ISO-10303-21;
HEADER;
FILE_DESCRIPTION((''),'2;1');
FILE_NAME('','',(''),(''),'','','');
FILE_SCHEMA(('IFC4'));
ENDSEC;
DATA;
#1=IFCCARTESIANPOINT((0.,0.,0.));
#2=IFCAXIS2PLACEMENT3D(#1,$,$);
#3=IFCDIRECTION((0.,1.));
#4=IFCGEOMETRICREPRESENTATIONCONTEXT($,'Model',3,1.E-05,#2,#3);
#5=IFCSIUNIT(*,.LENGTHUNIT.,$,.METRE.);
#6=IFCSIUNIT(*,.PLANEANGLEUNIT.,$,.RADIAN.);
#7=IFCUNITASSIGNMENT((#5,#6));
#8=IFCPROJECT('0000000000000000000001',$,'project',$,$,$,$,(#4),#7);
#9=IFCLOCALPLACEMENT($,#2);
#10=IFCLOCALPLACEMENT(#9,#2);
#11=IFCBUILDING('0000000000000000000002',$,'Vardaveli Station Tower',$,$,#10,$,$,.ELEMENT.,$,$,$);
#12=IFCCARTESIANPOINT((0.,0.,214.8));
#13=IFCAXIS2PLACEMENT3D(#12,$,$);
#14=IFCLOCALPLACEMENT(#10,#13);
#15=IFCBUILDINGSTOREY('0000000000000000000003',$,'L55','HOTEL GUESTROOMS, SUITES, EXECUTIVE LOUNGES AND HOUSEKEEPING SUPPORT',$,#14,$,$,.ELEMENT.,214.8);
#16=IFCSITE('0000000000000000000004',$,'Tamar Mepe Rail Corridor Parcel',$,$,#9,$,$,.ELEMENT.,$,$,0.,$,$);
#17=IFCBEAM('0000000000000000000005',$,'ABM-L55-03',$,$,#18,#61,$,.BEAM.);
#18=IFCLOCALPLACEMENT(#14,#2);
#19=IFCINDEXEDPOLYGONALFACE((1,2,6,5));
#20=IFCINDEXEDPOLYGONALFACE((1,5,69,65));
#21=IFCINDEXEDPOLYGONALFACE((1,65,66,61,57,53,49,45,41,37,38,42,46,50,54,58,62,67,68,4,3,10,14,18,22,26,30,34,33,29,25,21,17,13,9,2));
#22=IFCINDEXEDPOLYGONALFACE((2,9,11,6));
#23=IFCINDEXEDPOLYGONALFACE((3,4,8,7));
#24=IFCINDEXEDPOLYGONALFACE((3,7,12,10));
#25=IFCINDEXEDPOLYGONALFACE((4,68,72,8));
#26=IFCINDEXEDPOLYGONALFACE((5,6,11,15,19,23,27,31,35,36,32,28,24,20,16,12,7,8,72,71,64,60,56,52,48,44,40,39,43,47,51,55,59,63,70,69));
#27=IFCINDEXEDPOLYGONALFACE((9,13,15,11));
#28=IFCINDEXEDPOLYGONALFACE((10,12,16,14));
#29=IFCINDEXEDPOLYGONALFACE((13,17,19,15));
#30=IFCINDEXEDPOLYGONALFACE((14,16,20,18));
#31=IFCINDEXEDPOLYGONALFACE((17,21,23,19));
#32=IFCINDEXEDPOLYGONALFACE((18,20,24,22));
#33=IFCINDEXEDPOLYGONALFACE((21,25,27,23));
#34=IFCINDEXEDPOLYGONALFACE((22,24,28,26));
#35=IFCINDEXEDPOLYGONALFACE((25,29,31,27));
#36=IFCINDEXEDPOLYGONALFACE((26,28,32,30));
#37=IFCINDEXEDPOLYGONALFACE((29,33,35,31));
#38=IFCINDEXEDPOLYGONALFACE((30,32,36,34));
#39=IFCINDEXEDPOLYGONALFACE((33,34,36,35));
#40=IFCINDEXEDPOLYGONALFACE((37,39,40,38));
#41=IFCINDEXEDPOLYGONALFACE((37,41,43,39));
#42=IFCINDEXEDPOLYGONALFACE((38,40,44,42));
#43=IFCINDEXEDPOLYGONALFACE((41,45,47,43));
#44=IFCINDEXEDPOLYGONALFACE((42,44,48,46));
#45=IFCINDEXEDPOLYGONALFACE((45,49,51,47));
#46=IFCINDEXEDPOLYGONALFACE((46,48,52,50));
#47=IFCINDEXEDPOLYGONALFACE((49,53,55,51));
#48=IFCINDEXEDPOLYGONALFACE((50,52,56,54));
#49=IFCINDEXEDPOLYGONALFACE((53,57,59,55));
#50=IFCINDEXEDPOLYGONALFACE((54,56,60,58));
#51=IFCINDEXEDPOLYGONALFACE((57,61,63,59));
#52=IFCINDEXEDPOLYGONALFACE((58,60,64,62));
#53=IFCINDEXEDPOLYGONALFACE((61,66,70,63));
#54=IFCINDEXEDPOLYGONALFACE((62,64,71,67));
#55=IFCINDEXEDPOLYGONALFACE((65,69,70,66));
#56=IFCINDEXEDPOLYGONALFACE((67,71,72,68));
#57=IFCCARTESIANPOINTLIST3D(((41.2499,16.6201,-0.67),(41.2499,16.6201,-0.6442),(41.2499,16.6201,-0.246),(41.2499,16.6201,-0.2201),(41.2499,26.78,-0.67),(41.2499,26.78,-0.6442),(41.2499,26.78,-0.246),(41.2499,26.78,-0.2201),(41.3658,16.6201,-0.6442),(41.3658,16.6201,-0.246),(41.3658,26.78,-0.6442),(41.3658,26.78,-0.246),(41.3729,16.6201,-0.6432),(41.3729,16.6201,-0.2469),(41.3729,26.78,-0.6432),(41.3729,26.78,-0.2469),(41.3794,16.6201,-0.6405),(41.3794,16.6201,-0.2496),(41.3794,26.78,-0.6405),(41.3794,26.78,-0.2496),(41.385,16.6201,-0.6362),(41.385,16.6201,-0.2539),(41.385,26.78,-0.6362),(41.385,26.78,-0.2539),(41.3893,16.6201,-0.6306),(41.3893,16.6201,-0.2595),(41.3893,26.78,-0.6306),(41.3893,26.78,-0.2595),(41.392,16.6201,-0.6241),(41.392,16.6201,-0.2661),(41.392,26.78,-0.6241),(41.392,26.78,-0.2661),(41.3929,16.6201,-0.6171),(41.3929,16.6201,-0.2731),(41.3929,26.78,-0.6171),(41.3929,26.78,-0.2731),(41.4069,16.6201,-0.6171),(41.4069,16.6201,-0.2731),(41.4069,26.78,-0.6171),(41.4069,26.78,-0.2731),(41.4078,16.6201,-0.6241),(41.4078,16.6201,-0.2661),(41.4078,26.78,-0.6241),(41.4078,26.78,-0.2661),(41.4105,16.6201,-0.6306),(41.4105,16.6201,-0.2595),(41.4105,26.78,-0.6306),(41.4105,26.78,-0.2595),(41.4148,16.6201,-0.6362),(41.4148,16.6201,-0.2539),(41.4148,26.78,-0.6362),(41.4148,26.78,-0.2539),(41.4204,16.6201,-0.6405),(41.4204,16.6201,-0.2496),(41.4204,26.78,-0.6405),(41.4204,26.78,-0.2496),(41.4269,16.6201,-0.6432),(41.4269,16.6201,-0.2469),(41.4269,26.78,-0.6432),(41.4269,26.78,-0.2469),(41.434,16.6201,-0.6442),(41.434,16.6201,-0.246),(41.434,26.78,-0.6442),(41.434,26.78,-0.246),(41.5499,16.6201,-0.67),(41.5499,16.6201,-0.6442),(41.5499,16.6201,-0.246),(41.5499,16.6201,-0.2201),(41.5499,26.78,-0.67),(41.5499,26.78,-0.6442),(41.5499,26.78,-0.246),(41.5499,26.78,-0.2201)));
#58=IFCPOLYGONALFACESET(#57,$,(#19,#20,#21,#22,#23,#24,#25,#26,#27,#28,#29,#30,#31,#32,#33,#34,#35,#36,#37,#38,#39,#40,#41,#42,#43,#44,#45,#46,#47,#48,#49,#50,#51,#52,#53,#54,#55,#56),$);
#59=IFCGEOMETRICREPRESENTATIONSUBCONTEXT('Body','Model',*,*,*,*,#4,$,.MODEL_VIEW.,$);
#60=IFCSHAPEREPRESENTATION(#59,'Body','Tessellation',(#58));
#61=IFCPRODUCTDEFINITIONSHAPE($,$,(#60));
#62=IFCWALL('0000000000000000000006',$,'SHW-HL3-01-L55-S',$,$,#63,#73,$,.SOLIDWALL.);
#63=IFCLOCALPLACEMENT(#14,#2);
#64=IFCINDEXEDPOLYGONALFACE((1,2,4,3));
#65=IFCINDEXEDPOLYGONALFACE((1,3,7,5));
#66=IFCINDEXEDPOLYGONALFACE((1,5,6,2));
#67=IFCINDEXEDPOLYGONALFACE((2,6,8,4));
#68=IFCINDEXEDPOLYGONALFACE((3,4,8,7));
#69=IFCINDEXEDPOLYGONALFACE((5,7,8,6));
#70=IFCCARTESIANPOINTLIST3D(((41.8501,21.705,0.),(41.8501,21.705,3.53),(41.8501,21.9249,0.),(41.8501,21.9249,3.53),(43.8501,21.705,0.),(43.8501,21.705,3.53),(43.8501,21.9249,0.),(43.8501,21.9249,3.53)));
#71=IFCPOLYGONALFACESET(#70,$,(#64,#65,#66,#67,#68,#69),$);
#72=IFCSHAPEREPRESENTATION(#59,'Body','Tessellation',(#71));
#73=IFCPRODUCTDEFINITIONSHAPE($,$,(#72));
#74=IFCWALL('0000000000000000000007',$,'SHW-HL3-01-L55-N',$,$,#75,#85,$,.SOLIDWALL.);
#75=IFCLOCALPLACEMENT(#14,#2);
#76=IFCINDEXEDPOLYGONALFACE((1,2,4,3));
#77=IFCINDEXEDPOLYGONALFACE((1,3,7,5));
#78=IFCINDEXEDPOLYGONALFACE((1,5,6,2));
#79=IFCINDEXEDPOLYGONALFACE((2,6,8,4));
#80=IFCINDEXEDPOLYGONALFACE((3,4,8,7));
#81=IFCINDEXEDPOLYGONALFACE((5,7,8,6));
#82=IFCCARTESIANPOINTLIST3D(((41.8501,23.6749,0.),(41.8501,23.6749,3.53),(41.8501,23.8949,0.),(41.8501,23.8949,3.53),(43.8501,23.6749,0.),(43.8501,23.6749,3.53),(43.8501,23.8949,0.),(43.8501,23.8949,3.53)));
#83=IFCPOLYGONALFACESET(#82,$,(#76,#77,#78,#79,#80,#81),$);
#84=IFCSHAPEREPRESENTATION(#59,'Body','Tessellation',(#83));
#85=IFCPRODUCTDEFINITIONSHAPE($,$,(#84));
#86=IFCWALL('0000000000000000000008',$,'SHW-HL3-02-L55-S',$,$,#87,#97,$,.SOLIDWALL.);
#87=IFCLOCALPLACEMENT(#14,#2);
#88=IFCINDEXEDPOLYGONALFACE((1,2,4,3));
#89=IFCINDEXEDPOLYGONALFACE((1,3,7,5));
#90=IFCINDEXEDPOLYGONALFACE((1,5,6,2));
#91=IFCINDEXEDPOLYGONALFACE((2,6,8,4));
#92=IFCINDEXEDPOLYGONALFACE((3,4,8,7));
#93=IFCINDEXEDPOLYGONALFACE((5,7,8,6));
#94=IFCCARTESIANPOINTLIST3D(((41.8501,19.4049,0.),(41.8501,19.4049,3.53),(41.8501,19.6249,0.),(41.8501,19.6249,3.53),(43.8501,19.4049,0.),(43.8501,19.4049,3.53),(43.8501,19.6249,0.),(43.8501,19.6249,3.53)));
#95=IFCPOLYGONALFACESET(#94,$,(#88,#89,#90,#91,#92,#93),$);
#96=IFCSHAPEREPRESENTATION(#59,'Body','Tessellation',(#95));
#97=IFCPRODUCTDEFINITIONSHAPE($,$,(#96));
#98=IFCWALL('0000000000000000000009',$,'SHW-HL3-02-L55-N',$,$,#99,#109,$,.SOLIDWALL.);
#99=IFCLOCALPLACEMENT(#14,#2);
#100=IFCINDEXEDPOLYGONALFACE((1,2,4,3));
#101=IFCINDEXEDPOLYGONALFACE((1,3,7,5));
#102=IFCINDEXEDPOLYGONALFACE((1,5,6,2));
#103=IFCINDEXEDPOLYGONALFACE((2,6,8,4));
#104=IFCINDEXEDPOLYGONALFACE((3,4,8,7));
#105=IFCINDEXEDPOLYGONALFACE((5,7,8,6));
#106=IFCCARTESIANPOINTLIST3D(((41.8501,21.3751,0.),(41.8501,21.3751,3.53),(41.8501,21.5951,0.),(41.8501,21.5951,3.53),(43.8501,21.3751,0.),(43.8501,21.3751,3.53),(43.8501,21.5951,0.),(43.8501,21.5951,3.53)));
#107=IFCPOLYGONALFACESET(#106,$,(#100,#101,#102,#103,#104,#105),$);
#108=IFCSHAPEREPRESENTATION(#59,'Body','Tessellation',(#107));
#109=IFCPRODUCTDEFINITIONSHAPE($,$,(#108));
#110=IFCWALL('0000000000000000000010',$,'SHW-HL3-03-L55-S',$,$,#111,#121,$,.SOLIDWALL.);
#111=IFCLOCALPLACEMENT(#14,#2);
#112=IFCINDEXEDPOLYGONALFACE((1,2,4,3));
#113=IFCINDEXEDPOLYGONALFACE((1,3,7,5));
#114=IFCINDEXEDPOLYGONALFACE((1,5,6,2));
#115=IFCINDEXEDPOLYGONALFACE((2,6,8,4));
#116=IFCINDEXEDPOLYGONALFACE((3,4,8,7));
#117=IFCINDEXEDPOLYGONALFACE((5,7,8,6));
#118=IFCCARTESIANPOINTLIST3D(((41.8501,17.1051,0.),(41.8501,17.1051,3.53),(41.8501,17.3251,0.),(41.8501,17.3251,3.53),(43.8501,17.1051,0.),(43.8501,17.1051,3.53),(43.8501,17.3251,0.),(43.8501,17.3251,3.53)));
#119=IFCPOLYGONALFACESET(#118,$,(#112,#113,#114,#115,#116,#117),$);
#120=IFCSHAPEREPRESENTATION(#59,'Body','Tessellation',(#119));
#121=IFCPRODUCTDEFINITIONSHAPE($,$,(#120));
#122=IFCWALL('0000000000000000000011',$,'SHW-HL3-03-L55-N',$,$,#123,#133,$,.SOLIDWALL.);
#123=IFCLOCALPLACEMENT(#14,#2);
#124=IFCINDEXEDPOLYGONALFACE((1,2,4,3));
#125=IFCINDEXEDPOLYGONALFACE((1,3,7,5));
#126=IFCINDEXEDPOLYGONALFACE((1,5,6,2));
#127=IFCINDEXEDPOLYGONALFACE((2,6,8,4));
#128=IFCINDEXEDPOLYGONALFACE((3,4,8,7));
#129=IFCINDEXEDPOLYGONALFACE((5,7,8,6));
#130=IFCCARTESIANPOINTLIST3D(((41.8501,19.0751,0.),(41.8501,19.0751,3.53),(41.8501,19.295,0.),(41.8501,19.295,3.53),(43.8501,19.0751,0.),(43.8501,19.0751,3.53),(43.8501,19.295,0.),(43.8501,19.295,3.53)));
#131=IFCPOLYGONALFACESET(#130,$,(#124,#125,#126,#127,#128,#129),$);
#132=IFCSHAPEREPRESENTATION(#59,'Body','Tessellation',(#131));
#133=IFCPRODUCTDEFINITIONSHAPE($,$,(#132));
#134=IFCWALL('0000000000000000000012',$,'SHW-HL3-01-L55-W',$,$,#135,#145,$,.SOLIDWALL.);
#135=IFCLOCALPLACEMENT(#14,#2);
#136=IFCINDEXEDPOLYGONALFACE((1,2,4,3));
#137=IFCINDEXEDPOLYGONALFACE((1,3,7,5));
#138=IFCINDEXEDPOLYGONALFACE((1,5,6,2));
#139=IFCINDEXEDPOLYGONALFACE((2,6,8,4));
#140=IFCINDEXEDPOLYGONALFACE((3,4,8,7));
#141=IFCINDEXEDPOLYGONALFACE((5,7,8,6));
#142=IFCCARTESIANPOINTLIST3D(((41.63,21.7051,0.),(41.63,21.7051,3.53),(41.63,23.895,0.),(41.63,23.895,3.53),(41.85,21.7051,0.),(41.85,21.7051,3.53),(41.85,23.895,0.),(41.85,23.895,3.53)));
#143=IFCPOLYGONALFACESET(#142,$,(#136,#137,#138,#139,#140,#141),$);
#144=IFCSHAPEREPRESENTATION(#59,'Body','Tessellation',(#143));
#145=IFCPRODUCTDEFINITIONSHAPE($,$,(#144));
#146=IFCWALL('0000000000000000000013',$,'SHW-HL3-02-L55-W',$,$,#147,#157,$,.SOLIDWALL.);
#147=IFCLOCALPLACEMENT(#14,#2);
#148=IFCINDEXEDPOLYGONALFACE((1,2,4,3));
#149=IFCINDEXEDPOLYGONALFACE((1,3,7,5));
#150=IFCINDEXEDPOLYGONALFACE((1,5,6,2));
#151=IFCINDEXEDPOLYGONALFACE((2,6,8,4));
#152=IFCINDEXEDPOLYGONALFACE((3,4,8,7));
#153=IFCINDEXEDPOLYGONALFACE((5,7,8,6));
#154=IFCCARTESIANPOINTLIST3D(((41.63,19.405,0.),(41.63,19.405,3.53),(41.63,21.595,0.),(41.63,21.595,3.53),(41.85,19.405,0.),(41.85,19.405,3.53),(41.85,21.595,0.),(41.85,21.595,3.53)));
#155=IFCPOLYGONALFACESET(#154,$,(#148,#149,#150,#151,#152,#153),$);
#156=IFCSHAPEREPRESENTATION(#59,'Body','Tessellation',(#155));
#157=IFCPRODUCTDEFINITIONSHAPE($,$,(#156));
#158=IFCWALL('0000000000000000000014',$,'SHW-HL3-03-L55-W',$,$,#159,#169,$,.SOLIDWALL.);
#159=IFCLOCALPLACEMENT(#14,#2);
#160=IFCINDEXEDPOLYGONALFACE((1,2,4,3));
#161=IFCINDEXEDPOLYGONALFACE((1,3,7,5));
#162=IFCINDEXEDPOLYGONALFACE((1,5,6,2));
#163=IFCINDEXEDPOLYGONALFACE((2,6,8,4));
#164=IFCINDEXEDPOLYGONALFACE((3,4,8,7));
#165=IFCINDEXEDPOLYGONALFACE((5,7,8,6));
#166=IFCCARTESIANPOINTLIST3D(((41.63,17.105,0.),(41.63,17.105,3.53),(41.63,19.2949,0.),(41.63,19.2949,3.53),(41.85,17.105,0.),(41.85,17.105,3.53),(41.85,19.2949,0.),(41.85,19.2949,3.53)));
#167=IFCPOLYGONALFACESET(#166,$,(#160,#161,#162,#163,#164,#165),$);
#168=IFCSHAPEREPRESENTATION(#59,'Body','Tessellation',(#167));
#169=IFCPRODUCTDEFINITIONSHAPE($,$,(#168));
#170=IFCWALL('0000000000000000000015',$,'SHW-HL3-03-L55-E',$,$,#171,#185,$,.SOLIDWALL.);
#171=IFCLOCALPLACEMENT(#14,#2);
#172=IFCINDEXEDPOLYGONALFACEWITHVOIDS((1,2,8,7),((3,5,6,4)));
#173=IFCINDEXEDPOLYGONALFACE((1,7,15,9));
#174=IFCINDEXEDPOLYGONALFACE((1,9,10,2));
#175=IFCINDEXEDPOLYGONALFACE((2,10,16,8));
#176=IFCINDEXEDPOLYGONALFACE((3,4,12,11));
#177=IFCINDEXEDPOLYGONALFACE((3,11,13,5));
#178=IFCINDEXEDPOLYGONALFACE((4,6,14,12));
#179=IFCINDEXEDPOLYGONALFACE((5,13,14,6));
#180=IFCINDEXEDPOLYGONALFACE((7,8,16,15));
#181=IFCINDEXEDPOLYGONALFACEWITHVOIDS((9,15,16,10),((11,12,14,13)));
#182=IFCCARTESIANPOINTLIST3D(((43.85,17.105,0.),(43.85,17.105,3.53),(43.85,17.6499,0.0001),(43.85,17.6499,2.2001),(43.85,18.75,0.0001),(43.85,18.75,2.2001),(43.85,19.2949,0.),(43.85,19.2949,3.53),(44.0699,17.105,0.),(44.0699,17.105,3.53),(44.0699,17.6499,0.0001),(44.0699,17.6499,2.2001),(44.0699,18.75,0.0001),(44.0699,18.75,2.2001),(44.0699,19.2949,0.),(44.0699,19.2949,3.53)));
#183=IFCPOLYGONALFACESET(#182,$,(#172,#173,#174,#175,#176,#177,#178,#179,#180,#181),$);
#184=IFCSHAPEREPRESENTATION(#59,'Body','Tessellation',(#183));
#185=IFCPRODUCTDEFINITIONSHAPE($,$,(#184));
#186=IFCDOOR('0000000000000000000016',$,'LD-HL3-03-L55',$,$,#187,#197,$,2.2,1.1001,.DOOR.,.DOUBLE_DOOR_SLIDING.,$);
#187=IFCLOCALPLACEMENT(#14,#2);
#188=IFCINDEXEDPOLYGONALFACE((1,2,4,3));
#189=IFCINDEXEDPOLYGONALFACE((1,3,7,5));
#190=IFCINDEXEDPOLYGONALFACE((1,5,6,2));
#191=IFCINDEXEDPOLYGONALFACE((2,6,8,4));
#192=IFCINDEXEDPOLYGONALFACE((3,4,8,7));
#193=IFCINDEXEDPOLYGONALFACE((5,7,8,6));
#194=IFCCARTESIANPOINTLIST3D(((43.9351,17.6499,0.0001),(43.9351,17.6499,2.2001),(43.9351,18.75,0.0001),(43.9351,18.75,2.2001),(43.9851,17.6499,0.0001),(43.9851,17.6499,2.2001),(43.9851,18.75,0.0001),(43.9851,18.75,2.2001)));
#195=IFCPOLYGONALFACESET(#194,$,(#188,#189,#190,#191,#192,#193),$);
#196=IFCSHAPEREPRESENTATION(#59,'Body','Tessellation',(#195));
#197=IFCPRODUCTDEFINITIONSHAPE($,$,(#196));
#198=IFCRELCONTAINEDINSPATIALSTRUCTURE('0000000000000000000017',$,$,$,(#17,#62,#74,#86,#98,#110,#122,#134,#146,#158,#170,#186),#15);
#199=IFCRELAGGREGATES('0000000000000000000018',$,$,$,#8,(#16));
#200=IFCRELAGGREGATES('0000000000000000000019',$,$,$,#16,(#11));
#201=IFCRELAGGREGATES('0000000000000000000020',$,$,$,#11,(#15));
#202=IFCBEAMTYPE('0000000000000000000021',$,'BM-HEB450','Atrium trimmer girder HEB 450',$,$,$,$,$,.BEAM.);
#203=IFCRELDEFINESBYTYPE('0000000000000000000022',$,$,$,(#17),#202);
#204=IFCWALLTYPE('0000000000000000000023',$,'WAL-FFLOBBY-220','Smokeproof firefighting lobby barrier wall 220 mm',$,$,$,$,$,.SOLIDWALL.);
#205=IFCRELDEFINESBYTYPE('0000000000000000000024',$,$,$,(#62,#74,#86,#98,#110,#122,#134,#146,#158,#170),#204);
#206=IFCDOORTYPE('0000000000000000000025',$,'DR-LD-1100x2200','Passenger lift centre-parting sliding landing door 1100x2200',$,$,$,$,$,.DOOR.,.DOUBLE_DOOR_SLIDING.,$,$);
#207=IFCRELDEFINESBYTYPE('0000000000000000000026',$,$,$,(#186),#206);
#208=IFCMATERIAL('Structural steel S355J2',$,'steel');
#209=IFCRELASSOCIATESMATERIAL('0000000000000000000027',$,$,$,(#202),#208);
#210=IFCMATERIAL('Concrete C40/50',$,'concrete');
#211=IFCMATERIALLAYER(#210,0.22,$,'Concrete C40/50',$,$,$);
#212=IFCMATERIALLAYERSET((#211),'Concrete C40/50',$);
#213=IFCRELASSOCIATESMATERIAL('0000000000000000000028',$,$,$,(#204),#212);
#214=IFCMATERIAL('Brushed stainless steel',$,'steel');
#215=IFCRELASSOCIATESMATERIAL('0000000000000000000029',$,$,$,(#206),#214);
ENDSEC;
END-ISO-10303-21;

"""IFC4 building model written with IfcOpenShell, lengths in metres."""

from ifc_helpers import new_model, si_unit, direction, frame, frame_2d, origin, origin_2d, place, context, subcontext, project, spatial, rectangle, i_section, extrude, source, transform, mapped, material, layer, layer_set, material_profile, profile_set, type_object, element, fill, save


model = new_model("IFC4")

# Units and contexts
model_context = context("Model", 3, precision=1e-05, world=origin(), true_north=direction((0.0, 1.0)))
body_context = subcontext(model_context, "Body", "Model", "MODEL_VIEW")
ifc_project = project(units=[si_unit("LENGTHUNIT", "METRE"), si_unit("PLANEANGLEUNIT", "RADIAN")], contexts=[model_context])

# Site, building, storey
site_placement = place(None, origin())
site = spatial("IfcSite", under=ifc_project, at=site_placement, Name="Tamar Mepe Rail Corridor Parcel", CompositionType="ELEMENT", RefElevation=0.0)
building_placement = place(site_placement, origin())
building = spatial("IfcBuilding", under=site, at=building_placement, Name="Vardaveli Station Tower", CompositionType="ELEMENT")
storey_placement = place(building_placement, frame((0.0, 0.0, 214.8)))
storey = spatial("IfcBuildingStorey", under=building, at=storey_placement, Name="L55", Description="HOTEL GUESTROOMS, SUITES, EXECUTIVE LOUNGES AND HOUSEKEEPING SUPPORT", CompositionType="ELEMENT", Elevation=214.8)

# Beam
ifc_material_1 = material(Name="Structural steel S355J2", Category="steel")
ifc_material_profile_1 = material_profile(ifc_material_1, i_section(OverallWidth=0.3, OverallDepth=0.45, WebThickness=0.0139, FlangeThickness=0.0259, FilletRadius=0.0271, at=origin_2d()), Name="HEB 450")
ifc_profile_set_1 = profile_set([ifc_material_profile_1], Name="Structural steel S355J2")
beam_type = type_object("IfcBeamType", Name="BM-HEB450", Description="Atrium trimmer girder HEB 450", PredefinedType="BEAM", material=ifc_profile_set_1)
shared_shape_1 = source(origin(), body_context, "Body", "SweptSolid", [
    extrude(i_section(OverallWidth=0.3, OverallDepth=0.45, WebThickness=0.0139, FlangeThickness=0.0259, FilletRadius=0.0271, at=origin_2d()), origin(), (0.0, 0.0, 1.0), 10.1599),
])
beam_1_placement = place(storey_placement, frame((41.3999, 16.6201, -0.4451), z_axis=(0.0, 1.0, 0.0), x_axis=(-1.0, 0.0, 0.0)))
element("IfcBeam", 1, at=beam_1_placement, inside=storey, type_object=beam_type, Name="ABM-L55-03", PredefinedType="BEAM", context=body_context, shape_type="MappedRepresentation", body=[
    mapped(shared_shape_1, transform((0.0, 0.0, 0.0), scale=1.0)),
])

# Walls
ifc_material_2 = material(Name="Concrete C40/50", Category="concrete")
ifc_layer_1 = layer(ifc_material_2, 0.22, Name="Concrete C40/50")
ifc_layer_set_1 = layer_set([ifc_layer_1], Name="Concrete C40/50")
wall_type_1 = type_object("IfcWallType", Name="WAL-FFLOBBY-220", Description="Smokeproof firefighting lobby barrier wall 220 mm", PredefinedType="SOLIDWALL", material=ifc_layer_set_1)
shared_shape_2 = source(origin(), body_context, "Body", "SweptSolid", [
    extrude(rectangle(XDim=2.0, YDim=0.22, at=frame_2d((1.0, 0.0))), origin(), (0.0, 0.0, 1.0), 3.53),
])
for number, where, z_axis, x_axis, name in (
    (2, (41.8501, 21.8149, 0.0), (0.0, 0.0, 1.0), (1.0, 0.0, 0.0), "SHW-HL3-01-L55-S"),
    (3, (41.8501, 23.7849, 0.0), (0.0, 0.0, 1.0), (1.0, 0.0, 0.0), "SHW-HL3-01-L55-N"),
    (4, (41.8501, 19.5149, 0.0), (0.0, 0.0, 1.0), (1.0, 0.0, 0.0), "SHW-HL3-02-L55-S"),
    (5, (41.8501, 21.4851, 0.0), (0.0, 0.0, 1.0), (1.0, 0.0, 0.0), "SHW-HL3-02-L55-N"),
    (6, (41.8501, 17.2151, 0.0), (0.0, 0.0, 1.0), (1.0, 0.0, 0.0), "SHW-HL3-03-L55-S"),
    (7, (41.8501, 19.1851, 0.0), (0.0, 0.0, 1.0), (1.0, 0.0, 0.0), "SHW-HL3-03-L55-N"),
):
    element("IfcWall", number, at=place(storey_placement, frame(where, z_axis=z_axis, x_axis=x_axis)), inside=storey, type_object=wall_type_1, Name=name, PredefinedType="SOLIDWALL", context=body_context, shape_type="MappedRepresentation", body=[
        mapped(shared_shape_2, transform((0.0, 0.0, 0.0), scale=1.0)),
    ])
shared_shape_3 = source(origin(), body_context, "Body", "SweptSolid", [
    extrude(rectangle(XDim=2.1899, YDim=0.22, at=frame_2d((1.095, 0.0))), origin(), (0.0, 0.0, 1.0), 3.53),
])
for number, where, z_axis, x_axis, name in (
    (8, (41.74, 21.7051, 0.0), (0.0, 0.0, 1.0), (0.0, 1.0, 0.0), "SHW-HL3-01-L55-W"),
    (9, (41.74, 19.405, 0.0), (0.0, 0.0, 1.0), (0.0, 1.0, 0.0), "SHW-HL3-02-L55-W"),
    (10, (41.74, 17.105, 0.0), (0.0, 0.0, 1.0), (0.0, 1.0, 0.0), "SHW-HL3-03-L55-W"),
):
    element("IfcWall", number, at=place(storey_placement, frame(where, z_axis=z_axis, x_axis=x_axis)), inside=storey, type_object=wall_type_1, Name=name, PredefinedType="SOLIDWALL", context=body_context, shape_type="MappedRepresentation", body=[
        mapped(shared_shape_3, transform((0.0, 0.0, 0.0), scale=1.0)),
    ])

# Wall, opening, door
wall_1_placement = place(storey_placement, frame((43.96, 17.105, 0.0), z_axis=(0.0, 0.0, 1.0), x_axis=(0.0, 1.0, 0.0)))
wall_1 = element("IfcWall", 11, at=wall_1_placement, inside=storey, type_object=wall_type_1, Name="SHW-HL3-03-L55-E", PredefinedType="SOLIDWALL", context=body_context, shape_type="MappedRepresentation", body=[
    mapped(shared_shape_3, transform((0.0, 0.0, 0.0), scale=1.0)),
])
shared_shape_4 = source(origin(), body_context, "Body", "SweptSolid", [
    extrude(rectangle(XDim=1.1001, YDim=2.2, at=frame_2d((0.55, 1.1001))), frame((0.0, 0.1201, 0.0), z_axis=(0.0, -1.0, 0.0), x_axis=(1.0, 0.0, 0.0)), (0.0, 0.0, 1.0), 0.24),
])
opening_1_placement = place(wall_1_placement, frame((0.5449, 0.0, 0.0)))
opening_1 = element("IfcOpeningElement", 12, at=opening_1_placement, cuts=wall_1, PredefinedType="OPENING", context=body_context, shape_type="MappedRepresentation", body=[
    mapped(shared_shape_4, transform((0.0, 0.0, 0.0), scale=1.0)),
])
ifc_material_3 = material(Name="Brushed stainless steel", Category="steel")
door_type_1 = type_object("IfcDoorType", Name="DR-LD-1100x2200", Description="Passenger lift centre-parting sliding landing door 1100x2200", OperationType="DOUBLE_DOOR_SLIDING", PredefinedType="DOOR", material=ifc_material_3)
shared_shape_5 = source(origin(), body_context, "Body", "SweptSolid", [
    extrude(rectangle(XDim=1.1001, YDim=2.2, at=frame_2d((0.55, 1.1001))), frame((0.0, 0.0249, 0.0), z_axis=(0.0, -1.0, 0.0), x_axis=(1.0, 0.0, 0.0)), (0.0, 0.0, 1.0), 0.05),
])
door_1_placement = place(opening_1_placement, origin())
door_1 = element("IfcDoor", 13, at=door_1_placement, inside=storey, type_object=door_type_1, Name="LD-HL3-03-L55", OperationType="DOUBLE_DOOR_SLIDING", OverallHeight=2.2, OverallWidth=1.1001, PredefinedType="DOOR", context=body_context, shape_type="MappedRepresentation", body=[
    mapped(shared_shape_5, transform((0.0, 0.0, 0.0), scale=1.0)),
])
fill(opening_1, door_1)

save(model, "model.ifc")
